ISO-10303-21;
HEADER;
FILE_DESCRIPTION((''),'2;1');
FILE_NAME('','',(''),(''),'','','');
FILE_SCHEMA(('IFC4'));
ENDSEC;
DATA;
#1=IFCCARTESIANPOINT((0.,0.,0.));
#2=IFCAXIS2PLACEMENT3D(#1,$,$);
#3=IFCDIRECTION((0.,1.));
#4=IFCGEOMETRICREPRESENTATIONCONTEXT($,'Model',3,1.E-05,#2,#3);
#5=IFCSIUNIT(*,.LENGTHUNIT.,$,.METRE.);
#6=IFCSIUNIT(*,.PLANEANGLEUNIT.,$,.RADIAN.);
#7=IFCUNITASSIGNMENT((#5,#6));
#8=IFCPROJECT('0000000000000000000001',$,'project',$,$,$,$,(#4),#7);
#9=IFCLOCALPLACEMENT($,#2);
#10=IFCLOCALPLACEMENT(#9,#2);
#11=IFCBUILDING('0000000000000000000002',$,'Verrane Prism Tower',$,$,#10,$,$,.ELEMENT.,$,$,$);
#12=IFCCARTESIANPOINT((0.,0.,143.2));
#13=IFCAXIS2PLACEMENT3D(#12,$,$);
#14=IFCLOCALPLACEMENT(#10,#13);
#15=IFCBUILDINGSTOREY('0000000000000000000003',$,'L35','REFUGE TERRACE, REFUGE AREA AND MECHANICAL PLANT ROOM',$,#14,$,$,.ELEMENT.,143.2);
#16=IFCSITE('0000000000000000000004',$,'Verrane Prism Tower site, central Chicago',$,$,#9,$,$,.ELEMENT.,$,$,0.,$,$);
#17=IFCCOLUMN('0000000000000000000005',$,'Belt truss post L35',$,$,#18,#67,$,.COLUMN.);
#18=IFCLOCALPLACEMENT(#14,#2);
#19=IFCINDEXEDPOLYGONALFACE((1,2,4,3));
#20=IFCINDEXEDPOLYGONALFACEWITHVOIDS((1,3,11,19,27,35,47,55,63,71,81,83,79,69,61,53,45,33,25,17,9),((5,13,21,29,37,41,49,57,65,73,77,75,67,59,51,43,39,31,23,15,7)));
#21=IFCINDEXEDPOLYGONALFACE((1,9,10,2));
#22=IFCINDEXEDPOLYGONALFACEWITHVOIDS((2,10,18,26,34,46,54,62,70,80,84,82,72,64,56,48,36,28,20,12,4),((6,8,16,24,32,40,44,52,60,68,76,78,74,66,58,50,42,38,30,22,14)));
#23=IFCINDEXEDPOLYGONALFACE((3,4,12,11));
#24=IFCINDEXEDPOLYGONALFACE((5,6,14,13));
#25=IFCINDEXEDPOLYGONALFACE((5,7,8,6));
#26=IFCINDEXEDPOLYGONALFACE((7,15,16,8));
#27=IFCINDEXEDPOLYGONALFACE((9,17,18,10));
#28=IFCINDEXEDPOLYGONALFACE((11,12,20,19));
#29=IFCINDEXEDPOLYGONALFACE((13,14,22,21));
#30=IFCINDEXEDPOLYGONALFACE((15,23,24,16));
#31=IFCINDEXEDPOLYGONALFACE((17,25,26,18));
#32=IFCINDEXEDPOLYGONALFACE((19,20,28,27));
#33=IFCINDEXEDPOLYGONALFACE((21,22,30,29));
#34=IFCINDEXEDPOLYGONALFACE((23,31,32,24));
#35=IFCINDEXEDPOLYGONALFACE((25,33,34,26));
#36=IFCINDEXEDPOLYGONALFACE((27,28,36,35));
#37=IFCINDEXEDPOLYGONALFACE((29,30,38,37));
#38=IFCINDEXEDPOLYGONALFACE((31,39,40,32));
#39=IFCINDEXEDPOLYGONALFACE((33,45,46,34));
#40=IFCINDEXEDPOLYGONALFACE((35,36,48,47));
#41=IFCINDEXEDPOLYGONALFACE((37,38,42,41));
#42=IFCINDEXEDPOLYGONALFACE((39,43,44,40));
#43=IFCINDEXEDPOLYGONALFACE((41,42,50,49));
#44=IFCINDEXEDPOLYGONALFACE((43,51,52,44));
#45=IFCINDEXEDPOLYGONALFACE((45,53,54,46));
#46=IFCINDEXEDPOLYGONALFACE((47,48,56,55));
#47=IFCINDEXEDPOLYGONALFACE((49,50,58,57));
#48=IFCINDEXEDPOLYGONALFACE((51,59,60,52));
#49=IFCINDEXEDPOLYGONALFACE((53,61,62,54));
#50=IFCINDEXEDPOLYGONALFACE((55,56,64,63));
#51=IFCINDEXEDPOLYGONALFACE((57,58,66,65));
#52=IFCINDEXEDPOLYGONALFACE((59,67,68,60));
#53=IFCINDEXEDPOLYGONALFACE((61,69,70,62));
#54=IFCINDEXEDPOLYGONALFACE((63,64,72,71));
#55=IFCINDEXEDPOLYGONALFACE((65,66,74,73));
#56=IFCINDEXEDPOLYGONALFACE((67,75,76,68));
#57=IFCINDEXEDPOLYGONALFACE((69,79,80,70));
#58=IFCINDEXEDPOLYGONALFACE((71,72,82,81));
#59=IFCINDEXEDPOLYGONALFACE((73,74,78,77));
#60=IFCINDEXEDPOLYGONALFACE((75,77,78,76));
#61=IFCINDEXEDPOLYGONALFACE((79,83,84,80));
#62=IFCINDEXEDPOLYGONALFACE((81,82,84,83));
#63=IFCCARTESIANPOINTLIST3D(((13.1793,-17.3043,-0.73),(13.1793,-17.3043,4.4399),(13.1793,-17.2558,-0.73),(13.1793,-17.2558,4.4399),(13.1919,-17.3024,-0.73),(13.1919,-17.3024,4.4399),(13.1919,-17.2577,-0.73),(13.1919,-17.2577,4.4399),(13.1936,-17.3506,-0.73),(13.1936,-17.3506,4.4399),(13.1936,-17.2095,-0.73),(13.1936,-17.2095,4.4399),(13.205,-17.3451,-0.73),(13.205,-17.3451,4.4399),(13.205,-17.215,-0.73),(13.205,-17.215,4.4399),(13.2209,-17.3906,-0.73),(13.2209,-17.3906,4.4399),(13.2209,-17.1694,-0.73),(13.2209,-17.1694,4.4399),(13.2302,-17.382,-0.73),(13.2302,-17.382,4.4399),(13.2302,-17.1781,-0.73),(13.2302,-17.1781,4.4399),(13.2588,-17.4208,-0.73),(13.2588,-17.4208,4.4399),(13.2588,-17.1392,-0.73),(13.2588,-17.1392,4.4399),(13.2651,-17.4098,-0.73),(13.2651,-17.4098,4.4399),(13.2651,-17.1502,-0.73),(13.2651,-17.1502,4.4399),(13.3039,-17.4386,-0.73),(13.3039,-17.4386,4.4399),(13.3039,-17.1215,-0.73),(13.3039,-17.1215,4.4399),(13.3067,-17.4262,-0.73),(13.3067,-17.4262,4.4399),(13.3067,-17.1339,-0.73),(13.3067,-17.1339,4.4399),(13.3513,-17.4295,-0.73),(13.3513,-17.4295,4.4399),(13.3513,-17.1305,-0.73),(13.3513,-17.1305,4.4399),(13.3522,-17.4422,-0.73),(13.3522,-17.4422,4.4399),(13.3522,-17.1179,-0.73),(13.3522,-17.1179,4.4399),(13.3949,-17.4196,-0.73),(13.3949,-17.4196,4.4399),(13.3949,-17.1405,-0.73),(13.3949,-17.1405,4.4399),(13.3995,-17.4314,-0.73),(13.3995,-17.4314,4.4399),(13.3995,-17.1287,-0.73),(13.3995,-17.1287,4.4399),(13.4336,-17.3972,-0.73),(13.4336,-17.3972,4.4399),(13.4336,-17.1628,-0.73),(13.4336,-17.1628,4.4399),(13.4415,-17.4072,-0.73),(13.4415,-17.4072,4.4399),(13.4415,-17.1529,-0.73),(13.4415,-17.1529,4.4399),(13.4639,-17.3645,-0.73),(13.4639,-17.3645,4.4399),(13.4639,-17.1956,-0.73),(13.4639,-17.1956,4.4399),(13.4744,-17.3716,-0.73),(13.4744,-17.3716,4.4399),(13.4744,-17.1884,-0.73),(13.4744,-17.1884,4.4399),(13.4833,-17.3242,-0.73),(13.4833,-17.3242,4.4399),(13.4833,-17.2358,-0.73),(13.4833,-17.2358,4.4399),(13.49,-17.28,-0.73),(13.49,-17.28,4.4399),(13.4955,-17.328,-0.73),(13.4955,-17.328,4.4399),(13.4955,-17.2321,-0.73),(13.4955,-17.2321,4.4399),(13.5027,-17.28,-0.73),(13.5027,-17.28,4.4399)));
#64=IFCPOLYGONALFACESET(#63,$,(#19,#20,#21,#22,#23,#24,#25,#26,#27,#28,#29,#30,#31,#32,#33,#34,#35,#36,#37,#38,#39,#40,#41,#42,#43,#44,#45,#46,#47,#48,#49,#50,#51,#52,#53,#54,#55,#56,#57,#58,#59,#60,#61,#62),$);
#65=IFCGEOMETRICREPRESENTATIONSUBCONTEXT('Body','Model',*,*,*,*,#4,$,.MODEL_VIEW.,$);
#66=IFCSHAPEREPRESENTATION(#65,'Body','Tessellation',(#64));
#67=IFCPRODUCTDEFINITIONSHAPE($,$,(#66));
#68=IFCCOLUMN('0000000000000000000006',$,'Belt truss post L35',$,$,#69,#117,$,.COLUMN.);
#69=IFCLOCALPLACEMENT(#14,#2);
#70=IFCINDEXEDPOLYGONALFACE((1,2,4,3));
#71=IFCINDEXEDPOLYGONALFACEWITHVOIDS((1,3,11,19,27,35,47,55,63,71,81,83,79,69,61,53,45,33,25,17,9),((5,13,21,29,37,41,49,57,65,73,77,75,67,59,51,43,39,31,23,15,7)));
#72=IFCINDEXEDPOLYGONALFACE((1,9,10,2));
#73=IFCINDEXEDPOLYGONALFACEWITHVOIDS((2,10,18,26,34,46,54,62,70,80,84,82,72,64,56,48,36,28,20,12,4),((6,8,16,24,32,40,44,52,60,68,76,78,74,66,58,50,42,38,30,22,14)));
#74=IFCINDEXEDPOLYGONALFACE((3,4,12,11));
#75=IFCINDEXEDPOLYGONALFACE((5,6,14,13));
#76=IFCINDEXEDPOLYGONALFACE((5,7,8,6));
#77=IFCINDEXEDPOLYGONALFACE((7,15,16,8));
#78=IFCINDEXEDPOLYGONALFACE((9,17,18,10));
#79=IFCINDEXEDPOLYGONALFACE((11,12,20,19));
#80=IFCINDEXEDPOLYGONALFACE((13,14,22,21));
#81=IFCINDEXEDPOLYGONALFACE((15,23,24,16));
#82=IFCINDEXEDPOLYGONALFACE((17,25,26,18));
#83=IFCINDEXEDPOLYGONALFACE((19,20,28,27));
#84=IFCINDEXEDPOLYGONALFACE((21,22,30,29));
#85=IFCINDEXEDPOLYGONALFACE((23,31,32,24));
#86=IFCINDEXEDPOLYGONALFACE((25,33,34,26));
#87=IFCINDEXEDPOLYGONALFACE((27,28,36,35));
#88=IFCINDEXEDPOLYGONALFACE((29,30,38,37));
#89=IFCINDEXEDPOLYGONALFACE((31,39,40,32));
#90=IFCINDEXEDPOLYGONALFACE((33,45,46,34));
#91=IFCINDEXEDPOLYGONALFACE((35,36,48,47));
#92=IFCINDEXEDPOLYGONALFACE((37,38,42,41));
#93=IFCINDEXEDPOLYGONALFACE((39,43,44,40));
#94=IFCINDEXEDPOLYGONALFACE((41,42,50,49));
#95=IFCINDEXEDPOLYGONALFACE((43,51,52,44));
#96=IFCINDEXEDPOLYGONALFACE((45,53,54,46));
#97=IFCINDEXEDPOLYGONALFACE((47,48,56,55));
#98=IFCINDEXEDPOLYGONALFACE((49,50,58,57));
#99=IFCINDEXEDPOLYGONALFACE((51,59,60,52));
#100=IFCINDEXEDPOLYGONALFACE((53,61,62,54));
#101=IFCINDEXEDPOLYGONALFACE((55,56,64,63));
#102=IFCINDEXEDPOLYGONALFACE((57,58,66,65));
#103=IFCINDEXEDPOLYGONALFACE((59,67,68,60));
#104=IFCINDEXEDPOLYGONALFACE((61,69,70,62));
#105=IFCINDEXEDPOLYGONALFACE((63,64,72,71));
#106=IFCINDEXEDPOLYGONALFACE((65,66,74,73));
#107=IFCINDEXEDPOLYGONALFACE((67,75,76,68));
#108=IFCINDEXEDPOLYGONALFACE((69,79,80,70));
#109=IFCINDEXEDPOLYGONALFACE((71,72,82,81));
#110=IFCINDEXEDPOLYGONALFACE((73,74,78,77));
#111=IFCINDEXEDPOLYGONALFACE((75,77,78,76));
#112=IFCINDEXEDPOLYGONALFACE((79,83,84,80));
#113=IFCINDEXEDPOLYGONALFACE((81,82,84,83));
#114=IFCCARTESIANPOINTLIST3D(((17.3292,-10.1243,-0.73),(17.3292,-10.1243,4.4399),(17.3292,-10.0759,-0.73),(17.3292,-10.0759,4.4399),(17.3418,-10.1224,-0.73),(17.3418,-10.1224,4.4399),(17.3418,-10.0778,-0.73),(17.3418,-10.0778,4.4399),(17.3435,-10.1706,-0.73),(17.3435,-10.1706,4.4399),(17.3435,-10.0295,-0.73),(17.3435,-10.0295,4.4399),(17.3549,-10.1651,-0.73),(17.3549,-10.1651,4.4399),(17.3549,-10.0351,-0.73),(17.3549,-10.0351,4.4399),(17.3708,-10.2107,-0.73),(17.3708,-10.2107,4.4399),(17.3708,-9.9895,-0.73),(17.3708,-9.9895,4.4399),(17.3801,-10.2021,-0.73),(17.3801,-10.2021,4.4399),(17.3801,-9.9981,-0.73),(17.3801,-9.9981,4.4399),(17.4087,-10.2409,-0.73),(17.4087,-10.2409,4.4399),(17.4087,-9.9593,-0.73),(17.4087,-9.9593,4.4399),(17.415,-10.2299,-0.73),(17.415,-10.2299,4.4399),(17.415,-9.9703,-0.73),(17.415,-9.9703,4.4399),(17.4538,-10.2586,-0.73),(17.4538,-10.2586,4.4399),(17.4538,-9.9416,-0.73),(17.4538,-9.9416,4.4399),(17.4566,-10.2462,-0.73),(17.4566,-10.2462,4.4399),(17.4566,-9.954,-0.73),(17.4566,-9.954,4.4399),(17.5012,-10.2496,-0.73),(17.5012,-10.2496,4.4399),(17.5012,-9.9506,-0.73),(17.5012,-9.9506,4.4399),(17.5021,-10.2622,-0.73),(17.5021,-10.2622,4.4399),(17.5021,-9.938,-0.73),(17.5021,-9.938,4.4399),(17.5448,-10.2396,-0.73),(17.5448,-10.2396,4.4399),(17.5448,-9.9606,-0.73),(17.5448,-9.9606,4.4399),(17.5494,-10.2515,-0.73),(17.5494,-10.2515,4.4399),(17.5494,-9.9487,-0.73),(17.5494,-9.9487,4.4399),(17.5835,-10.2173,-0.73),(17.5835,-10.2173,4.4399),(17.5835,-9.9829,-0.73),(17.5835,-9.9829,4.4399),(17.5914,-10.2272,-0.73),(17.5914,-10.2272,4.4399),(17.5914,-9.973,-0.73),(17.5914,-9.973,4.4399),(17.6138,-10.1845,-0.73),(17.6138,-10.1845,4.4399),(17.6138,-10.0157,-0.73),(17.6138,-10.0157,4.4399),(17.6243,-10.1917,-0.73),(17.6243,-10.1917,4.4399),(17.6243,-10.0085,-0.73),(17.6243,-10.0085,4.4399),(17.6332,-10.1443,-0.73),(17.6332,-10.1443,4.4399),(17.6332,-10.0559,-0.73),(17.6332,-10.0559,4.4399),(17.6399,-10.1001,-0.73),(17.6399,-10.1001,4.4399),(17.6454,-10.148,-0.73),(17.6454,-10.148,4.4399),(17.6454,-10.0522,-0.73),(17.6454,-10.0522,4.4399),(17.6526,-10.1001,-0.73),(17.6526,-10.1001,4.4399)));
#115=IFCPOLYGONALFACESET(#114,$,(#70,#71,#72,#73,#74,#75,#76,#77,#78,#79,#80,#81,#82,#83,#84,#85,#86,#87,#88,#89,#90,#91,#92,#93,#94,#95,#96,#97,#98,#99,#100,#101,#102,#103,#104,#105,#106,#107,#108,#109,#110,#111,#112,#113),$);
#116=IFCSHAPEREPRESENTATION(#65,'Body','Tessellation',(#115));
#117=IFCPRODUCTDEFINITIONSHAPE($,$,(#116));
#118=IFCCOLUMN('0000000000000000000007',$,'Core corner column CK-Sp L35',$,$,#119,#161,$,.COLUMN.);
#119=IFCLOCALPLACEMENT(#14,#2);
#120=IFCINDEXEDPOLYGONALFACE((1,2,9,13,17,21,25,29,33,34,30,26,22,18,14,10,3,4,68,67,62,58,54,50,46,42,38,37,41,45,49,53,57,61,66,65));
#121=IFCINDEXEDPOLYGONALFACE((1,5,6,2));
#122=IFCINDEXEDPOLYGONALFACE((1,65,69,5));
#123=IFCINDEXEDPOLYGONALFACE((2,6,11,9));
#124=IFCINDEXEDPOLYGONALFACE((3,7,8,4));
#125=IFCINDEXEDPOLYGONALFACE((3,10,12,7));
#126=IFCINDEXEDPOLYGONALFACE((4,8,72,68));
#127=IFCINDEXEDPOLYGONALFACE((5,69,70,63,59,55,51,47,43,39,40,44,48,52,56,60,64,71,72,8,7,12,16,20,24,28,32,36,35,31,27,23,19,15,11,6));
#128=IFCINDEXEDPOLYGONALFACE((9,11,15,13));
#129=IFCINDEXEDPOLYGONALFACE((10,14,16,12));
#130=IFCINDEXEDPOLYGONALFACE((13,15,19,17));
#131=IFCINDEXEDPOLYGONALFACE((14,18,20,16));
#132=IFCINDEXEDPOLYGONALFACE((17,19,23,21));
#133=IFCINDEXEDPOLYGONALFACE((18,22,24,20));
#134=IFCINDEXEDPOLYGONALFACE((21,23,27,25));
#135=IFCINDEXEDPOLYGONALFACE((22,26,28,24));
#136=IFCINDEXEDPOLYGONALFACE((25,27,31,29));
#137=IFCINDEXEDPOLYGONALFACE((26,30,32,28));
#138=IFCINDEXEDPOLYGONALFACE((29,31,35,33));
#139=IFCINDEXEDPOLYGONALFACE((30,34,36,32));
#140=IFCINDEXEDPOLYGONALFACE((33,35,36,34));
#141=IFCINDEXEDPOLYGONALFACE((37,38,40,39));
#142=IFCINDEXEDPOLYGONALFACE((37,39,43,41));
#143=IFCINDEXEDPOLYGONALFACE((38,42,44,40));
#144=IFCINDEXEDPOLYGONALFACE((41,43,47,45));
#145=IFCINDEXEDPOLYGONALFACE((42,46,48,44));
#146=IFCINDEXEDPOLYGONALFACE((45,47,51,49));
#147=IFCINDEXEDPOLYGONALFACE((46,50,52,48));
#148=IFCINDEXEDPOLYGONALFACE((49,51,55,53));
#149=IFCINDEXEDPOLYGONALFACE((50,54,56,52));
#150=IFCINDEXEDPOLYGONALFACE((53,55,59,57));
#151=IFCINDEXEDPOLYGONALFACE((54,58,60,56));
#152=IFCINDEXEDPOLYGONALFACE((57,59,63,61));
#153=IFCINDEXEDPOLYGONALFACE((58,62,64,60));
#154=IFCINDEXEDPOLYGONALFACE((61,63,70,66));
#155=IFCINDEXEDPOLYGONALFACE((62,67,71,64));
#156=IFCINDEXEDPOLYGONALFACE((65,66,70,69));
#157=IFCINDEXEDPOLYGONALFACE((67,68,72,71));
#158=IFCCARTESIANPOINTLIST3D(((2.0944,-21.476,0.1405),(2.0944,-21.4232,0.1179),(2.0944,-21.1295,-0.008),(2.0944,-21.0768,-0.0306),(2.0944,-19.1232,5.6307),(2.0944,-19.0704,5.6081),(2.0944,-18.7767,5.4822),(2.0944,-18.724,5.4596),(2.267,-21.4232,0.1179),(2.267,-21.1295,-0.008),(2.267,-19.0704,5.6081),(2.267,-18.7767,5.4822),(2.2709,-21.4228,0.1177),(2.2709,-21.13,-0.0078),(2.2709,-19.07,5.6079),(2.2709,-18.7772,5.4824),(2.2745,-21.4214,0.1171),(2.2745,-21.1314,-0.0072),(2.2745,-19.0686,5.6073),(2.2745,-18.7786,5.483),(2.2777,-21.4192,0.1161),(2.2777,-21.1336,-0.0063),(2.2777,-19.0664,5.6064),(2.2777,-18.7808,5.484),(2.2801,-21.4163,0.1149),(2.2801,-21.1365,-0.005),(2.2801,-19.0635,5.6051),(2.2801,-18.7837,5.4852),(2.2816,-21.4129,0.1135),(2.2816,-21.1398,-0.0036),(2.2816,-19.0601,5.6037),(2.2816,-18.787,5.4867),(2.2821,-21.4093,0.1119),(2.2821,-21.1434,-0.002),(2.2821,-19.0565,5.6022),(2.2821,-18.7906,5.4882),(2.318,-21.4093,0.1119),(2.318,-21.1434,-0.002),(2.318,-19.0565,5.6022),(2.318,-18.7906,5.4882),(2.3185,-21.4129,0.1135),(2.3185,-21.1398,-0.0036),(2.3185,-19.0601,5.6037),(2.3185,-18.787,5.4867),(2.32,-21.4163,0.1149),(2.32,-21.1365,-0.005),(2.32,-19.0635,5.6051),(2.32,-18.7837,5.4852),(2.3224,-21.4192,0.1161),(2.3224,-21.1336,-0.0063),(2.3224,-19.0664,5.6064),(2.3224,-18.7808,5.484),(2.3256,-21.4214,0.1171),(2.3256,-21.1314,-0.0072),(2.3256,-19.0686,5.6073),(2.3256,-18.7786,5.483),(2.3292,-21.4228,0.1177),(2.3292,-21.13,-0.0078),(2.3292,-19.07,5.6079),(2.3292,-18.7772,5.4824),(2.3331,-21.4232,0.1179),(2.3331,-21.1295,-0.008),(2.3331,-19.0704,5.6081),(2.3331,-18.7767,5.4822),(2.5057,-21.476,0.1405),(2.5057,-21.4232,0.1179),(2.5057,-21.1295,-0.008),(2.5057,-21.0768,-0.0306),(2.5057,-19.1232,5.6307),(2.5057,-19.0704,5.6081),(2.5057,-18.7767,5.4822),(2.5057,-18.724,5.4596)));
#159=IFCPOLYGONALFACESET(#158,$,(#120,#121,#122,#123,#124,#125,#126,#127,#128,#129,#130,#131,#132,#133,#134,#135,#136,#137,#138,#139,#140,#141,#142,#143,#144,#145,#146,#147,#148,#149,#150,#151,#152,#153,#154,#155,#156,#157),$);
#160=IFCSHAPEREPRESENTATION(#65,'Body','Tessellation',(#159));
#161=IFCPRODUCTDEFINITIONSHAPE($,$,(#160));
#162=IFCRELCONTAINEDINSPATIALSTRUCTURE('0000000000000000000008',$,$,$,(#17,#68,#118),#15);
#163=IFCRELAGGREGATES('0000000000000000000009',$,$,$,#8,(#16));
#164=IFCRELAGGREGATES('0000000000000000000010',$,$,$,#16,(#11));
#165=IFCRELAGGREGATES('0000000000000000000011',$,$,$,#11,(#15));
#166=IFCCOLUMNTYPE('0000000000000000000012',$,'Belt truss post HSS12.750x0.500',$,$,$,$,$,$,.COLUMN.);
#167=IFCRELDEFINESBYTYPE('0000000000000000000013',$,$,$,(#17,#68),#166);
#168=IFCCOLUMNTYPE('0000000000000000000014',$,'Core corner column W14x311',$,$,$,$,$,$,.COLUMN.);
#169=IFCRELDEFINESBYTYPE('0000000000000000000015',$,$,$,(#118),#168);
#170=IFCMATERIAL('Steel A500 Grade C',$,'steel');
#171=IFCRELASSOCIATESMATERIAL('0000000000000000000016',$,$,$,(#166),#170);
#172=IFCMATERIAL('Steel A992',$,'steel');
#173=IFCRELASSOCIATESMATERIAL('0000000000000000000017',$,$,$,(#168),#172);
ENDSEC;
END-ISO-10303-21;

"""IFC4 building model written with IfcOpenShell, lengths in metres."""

from ifc_helpers import new_model, si_unit, direction, frame, origin, origin_2d, place, context, subcontext, project, spatial, hollow_circle, i_section, extrude, material, material_profile, profile_set, type_object, element, save


model = new_model("IFC4")

# Units and contexts
model_context = context("Model", 3, precision=1e-05, world=origin(), true_north=direction((0.0, 1.0)))
body_context = subcontext(model_context, "Body", "Model", "MODEL_VIEW")
ifc_project = project(units=[si_unit("LENGTHUNIT", "METRE"), si_unit("PLANEANGLEUNIT", "RADIAN")], contexts=[model_context])

# Site, building, storey
site_placement = place(None, origin())
site = spatial("IfcSite", under=ifc_project, at=site_placement, Name="Verrane Prism Tower site, central Chicago", CompositionType="ELEMENT", RefElevation=0.0)
building_placement = place(site_placement, origin())
building = spatial("IfcBuilding", under=site, at=building_placement, Name="Verrane Prism Tower", CompositionType="ELEMENT")
storey_placement = place(building_placement, frame((0.0, 0.0, 143.2)))
storey = spatial("IfcBuildingStorey", under=building, at=storey_placement, Name="L35", Description="REFUGE TERRACE, REFUGE AREA AND MECHANICAL PLANT ROOM", CompositionType="ELEMENT", Elevation=143.2)

# Columns
ifc_material_1 = material(Name="Steel A500 Grade C", Category="steel")
ifc_material_profile_1 = material_profile(ifc_material_1, hollow_circle(Radius=0.1626, WallThickness=0.0127, at=origin_2d()), Name="HSS12.750x0.500")
ifc_profile_set_1 = profile_set([ifc_material_profile_1], Name="Steel A500 Grade C")
column_type_1 = type_object("IfcColumnType", Name="Belt truss post HSS12.750x0.500", PredefinedType="COLUMN", material=ifc_profile_set_1)
for number, where, z_axis, x_axis, name in (
    (1, (13.3401, -17.28, -0.73), (0.0, 0.0, 1.0), (-0.5, -0.866025, 0.0), "Belt truss post L35"),
    (2, (17.49, -10.1001, -0.73), (0.0, 0.0, 1.0), (-0.5, -0.866025, 0.0), "Belt truss post L35"),
):
    element("IfcColumn", number, at=place(storey_placement, frame(where, z_axis=z_axis, x_axis=x_axis)), inside=storey, type_object=column_type_1, Name=name, PredefinedType="COLUMN", context=body_context, shape_type="SweptSolid", body=[
        extrude(hollow_circle(Radius=0.1626, WallThickness=0.0127, at=origin_2d()), origin(), (0.0, 0.0, 1.0), 5.1699),
    ])
ifc_material_2 = material(Name="Steel A992", Category="steel")
ifc_material_profile_2 = material_profile(ifc_material_2, i_section(OverallWidth=0.4114, OverallDepth=0.4343, WebThickness=0.0359, FlangeThickness=0.0574, FilletRadius=0.0151, at=origin_2d()), Name="W14x311")
ifc_profile_set_2 = profile_set([ifc_material_profile_2], Name="Steel A992")
column_type_2 = type_object("IfcColumnType", Name="Core corner column W14x311", PredefinedType="COLUMN", material=ifc_profile_set_2)
column_1_placement = place(storey_placement, frame((2.3, -21.2764, 0.0549), z_axis=(0.0, 0.393895, 0.919156), x_axis=(-1.0, 0.0, 0.0)))
element("IfcColumn", 3, at=column_1_placement, inside=storey, type_object=column_type_2, Name="Core corner column CK-Sp L35", PredefinedType="COLUMN", context=body_context, shape_type="SweptSolid", body=[
    extrude(i_section(OverallWidth=0.4114, OverallDepth=0.4343, WebThickness=0.0359, FlangeThickness=0.0574, FilletRadius=0.0151, at=origin_2d()), origin(), (0.0, 0.0, 1.0), 5.9731),
])

save(model, "model.ifc")
